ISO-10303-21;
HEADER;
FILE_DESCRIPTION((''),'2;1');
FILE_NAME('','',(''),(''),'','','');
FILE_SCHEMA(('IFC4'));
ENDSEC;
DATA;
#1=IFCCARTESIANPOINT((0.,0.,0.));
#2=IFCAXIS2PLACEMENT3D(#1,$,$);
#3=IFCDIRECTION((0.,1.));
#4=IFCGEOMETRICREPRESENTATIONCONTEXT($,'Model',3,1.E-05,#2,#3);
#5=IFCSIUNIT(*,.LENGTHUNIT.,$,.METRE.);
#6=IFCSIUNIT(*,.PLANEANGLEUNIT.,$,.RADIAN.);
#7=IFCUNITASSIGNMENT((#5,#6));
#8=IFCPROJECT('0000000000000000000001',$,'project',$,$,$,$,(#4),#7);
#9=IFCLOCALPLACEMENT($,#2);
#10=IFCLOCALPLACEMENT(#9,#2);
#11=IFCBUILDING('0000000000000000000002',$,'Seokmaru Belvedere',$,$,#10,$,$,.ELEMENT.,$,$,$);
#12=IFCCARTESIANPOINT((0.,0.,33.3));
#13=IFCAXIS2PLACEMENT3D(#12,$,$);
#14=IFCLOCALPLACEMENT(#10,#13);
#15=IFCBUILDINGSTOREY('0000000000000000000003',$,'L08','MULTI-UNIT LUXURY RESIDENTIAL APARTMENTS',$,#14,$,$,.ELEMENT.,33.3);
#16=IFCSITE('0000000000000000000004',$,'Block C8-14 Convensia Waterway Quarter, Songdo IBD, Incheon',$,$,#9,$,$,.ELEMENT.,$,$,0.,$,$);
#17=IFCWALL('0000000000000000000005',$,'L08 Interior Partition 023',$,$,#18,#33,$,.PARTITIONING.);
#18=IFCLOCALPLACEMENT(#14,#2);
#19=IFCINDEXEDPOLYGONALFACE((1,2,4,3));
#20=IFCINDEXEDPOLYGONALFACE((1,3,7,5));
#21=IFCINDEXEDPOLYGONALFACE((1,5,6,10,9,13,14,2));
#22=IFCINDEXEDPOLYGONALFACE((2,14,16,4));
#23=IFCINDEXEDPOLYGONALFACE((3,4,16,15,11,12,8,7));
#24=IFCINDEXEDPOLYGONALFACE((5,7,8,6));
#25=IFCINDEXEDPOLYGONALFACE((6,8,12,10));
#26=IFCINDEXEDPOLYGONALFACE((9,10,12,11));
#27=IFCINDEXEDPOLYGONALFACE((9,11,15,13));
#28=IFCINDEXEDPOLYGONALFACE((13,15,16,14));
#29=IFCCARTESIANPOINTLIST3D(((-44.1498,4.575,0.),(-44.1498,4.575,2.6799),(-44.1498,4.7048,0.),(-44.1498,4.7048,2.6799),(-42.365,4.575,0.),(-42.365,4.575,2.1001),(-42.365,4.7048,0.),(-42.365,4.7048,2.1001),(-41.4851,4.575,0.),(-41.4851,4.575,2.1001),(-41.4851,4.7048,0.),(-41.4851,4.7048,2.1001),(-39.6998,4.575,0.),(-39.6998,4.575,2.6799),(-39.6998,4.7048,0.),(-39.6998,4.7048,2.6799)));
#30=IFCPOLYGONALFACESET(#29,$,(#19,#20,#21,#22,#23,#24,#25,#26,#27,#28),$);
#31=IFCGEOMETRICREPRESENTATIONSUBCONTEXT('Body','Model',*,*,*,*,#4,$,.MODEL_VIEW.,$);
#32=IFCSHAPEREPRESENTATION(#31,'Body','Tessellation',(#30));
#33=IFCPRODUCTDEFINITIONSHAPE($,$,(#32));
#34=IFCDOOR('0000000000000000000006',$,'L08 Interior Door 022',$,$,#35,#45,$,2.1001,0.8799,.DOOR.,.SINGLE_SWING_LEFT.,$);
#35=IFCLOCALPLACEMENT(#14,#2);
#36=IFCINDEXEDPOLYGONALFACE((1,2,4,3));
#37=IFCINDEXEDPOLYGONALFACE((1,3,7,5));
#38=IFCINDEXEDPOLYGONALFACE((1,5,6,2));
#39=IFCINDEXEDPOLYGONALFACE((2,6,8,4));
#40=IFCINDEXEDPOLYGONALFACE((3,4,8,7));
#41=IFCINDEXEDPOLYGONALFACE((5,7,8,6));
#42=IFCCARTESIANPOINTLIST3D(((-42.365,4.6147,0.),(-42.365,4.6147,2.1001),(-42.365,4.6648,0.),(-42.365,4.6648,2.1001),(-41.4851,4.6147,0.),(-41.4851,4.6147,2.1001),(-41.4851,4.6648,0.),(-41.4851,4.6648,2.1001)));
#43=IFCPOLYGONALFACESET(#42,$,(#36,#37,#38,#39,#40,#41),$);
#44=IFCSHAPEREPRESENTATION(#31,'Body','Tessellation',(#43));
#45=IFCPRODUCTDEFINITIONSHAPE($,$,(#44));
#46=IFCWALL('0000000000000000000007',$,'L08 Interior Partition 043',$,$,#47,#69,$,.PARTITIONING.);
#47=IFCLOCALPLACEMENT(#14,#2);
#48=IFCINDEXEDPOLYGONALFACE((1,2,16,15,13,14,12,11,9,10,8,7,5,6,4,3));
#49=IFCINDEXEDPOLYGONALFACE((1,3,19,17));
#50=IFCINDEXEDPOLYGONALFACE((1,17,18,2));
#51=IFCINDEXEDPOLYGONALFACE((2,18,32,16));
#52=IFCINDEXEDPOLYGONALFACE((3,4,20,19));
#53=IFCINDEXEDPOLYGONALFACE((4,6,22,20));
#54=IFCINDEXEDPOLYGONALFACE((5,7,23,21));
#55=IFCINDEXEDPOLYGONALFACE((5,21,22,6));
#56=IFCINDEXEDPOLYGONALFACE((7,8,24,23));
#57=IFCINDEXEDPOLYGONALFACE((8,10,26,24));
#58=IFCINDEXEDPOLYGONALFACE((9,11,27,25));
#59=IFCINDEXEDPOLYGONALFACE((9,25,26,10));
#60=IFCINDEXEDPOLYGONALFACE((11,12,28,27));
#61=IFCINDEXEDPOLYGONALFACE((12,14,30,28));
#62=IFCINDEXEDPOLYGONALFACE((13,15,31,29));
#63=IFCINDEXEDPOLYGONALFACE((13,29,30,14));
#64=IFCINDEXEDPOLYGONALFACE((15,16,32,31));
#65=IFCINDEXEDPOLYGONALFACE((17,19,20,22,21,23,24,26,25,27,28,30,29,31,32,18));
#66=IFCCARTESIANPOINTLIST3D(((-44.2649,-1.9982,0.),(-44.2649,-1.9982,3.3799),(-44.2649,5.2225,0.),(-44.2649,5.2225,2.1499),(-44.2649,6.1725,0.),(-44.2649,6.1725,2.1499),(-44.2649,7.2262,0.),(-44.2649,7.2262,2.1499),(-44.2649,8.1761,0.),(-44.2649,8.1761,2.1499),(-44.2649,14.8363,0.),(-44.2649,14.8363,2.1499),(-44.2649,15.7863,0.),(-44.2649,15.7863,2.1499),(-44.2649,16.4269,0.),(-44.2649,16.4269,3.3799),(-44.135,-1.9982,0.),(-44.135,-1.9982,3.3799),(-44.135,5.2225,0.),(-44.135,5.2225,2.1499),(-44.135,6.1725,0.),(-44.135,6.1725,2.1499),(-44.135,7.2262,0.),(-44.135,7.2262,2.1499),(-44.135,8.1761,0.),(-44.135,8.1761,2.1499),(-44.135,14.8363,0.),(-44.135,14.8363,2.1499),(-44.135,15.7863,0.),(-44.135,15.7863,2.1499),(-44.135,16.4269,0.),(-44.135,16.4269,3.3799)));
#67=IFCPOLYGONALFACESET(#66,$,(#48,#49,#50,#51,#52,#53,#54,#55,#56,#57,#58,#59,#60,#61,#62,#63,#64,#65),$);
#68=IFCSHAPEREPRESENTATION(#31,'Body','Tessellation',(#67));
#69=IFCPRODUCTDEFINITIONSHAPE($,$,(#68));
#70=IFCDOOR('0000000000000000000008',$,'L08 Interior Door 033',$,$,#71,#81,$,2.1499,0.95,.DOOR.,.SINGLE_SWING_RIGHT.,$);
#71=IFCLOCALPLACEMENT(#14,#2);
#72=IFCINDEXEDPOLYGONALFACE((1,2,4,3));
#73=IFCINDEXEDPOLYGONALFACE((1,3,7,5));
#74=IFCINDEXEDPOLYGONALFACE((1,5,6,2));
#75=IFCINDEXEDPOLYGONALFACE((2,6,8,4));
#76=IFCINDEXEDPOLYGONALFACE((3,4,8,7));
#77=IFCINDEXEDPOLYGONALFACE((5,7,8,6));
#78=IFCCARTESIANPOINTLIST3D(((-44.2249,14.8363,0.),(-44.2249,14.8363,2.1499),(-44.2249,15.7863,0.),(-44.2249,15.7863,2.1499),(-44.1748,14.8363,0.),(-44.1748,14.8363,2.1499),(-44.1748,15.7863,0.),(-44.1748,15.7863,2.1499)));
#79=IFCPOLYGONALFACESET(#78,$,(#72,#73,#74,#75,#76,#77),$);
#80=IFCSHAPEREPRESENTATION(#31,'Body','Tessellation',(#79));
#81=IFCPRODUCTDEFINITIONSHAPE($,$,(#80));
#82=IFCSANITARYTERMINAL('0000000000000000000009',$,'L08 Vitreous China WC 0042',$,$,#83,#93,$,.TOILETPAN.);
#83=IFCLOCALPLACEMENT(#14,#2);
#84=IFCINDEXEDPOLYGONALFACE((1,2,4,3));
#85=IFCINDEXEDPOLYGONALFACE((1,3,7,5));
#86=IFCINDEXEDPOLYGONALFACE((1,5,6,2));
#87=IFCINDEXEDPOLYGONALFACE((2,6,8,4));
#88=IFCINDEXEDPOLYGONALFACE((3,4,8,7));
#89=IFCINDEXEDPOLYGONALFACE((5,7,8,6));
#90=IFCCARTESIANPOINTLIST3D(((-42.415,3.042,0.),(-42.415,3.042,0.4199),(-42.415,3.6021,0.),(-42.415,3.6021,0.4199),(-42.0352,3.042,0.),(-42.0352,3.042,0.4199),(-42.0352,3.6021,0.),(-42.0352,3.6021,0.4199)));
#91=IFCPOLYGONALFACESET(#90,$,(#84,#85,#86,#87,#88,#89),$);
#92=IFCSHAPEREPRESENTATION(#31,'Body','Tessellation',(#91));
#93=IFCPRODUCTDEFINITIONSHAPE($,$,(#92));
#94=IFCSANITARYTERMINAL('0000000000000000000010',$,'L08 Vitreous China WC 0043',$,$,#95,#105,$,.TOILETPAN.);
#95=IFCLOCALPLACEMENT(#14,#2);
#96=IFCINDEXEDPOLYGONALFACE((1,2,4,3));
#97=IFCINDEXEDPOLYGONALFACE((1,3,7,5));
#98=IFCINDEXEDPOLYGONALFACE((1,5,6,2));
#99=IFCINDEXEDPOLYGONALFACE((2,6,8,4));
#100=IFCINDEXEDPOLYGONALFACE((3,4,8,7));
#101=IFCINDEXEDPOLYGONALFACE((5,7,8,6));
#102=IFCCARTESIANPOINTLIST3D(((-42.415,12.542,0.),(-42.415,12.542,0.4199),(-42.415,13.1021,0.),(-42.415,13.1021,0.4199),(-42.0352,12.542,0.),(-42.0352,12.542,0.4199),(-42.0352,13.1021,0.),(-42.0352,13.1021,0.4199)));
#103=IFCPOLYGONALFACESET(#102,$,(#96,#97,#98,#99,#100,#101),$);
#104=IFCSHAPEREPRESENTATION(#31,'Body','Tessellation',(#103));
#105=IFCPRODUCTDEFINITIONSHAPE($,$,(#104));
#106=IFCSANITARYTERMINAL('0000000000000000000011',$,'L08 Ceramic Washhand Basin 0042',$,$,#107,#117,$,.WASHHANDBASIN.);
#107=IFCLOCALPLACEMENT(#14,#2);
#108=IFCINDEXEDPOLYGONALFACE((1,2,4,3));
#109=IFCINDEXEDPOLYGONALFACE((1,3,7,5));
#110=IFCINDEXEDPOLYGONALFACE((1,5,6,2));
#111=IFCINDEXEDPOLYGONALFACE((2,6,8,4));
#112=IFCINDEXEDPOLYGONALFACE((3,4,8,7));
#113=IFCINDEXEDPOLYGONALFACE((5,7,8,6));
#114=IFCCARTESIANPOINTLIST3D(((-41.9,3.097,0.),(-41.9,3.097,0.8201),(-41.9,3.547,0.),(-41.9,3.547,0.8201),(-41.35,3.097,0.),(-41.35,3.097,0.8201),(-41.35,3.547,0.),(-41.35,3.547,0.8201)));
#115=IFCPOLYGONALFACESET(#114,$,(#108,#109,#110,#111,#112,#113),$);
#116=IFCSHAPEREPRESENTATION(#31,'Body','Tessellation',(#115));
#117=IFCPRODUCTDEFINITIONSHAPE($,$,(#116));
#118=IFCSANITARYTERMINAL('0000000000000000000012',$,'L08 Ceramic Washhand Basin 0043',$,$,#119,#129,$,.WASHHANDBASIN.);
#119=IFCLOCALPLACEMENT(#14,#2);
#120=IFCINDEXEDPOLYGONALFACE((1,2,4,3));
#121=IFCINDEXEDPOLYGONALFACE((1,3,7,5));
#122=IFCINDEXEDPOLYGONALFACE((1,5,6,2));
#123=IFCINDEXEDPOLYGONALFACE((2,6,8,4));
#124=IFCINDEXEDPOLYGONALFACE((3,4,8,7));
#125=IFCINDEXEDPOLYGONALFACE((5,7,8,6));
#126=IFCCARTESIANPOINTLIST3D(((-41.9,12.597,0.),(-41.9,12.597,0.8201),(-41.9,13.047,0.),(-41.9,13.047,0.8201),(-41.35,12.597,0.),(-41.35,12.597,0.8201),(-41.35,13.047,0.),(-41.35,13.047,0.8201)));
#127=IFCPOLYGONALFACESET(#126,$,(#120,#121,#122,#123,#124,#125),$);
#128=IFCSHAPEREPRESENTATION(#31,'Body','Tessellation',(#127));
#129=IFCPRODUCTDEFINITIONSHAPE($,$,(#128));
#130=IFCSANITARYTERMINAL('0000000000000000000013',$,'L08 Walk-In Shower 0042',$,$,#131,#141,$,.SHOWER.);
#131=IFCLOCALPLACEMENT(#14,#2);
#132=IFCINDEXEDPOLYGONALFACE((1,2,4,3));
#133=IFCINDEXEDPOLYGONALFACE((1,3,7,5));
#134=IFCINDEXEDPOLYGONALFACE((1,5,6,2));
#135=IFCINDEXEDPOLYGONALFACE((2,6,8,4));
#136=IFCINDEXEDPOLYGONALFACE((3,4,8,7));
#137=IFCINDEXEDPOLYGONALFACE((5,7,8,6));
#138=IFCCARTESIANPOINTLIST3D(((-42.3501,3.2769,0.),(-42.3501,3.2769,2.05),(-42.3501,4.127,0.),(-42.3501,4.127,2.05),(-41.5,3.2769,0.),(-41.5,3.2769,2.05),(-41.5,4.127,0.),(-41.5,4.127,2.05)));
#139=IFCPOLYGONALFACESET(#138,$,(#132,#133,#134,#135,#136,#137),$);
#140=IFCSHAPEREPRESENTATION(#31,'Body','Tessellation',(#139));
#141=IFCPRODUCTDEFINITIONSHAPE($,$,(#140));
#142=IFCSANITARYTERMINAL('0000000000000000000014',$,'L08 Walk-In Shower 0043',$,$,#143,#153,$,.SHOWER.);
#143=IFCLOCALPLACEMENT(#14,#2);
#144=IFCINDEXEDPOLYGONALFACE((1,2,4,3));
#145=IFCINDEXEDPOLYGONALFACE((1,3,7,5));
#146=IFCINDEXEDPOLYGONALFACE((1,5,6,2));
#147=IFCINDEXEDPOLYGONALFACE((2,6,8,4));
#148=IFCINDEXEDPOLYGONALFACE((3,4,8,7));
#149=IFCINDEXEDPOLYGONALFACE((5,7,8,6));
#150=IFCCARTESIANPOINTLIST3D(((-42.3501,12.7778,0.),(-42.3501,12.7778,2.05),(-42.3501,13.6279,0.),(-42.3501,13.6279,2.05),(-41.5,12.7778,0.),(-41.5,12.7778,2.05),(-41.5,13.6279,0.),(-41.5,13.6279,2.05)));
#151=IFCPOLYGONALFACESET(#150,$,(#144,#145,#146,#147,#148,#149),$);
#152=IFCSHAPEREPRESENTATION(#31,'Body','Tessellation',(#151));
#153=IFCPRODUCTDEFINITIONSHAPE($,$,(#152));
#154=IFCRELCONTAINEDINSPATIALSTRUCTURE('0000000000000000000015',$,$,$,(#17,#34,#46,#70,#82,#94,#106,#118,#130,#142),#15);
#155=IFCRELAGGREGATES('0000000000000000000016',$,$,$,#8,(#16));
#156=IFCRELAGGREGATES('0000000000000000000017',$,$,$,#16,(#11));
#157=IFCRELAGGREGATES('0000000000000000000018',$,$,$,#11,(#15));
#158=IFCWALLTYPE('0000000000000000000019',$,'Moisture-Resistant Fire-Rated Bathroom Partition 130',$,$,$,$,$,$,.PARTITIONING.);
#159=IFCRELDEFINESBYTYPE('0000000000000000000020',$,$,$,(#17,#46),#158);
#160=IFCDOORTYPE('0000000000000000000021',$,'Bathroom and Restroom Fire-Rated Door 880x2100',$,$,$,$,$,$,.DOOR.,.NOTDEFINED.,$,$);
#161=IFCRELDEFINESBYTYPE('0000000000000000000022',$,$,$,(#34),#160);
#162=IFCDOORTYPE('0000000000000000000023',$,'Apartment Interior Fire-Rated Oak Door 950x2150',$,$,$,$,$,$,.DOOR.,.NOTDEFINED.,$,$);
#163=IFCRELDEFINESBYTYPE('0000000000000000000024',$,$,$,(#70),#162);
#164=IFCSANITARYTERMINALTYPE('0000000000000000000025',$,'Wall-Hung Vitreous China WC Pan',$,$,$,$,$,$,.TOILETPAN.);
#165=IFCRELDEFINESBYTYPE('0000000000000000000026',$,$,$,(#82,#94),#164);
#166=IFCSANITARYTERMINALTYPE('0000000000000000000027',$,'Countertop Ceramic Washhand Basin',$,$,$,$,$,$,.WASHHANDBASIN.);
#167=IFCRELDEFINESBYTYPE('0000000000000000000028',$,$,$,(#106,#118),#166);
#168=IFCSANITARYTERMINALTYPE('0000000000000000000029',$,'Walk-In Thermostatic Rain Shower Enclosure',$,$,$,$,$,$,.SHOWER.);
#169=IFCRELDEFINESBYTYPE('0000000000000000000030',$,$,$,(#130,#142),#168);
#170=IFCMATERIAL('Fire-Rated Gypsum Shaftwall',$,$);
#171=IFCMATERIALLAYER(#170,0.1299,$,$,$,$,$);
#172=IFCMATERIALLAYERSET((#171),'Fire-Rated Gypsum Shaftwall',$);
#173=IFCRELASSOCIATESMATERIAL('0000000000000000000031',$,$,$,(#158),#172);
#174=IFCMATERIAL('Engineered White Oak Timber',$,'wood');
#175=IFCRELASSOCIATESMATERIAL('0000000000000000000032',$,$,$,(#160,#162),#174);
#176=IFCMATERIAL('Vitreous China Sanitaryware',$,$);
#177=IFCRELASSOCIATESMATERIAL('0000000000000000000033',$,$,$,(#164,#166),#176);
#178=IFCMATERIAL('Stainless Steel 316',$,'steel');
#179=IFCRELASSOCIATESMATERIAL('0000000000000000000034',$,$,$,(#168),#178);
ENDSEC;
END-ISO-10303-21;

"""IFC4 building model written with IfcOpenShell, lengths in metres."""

from ifc_helpers import new_model, si_unit, direction, frame, frame_2d, origin, origin_2d, place, context, subcontext, project, spatial, rectangle, extrude, source, transform, mapped, material, layer, layer_set, type_object, type_shapes, element, fill, save


model = new_model("IFC4")

# Units and contexts
model_context = context("Model", 3, precision=1e-05, world=origin(), true_north=direction((0.0, 1.0)))
body_context = subcontext(model_context, "Body", "Model", "MODEL_VIEW")
ifc_project = project(units=[si_unit("LENGTHUNIT", "METRE"), si_unit("PLANEANGLEUNIT", "RADIAN")], contexts=[model_context])

# Site, building, storey
site_placement = place(None, origin())
site = spatial("IfcSite", under=ifc_project, at=site_placement, Name="Block C8-14 Convensia Waterway Quarter, Songdo IBD, Incheon", CompositionType="ELEMENT", RefElevation=0.0)
building_placement = place(site_placement, origin())
building = spatial("IfcBuilding", under=site, at=building_placement, Name="Seokmaru Belvedere", CompositionType="ELEMENT")
storey_placement = place(building_placement, frame((0.0, 0.0, 33.3)))
storey = spatial("IfcBuildingStorey", under=building, at=storey_placement, Name="L08", Description="MULTI-UNIT LUXURY RESIDENTIAL APARTMENTS", CompositionType="ELEMENT", Elevation=33.3)

# Shared definitions
ifc_material_1 = material(Name="Fire-Rated Gypsum Shaftwall")

# Wall, opening, door
ifc_layer_1 = layer(ifc_material_1, 0.1299)
ifc_layer_set_1 = layer_set([ifc_layer_1], Name="Fire-Rated Gypsum Shaftwall")
wall_type_1 = type_object("IfcWallType", Name="Moisture-Resistant Fire-Rated Bathroom Partition 130", PredefinedType="PARTITIONING", material=ifc_layer_set_1)
wall_1_placement = place(storey_placement, frame((-44.1499, 4.6399, 0.0), z_axis=(0.0, 0.0, 1.0), x_axis=(1.0, 0.0, 0.0)))
wall_1 = element("IfcWall", 1, at=wall_1_placement, inside=storey, type_object=wall_type_1, Name="L08 Interior Partition 023", PredefinedType="PARTITIONING", context=body_context, shape_type="SweptSolid", body=[
    extrude(rectangle(XDim=4.45, YDim=0.1299, at=frame_2d((2.2251, 0.0))), origin(), (0.0, 0.0, 1.0), 2.6799),
])
opening_1_placement = place(wall_1_placement, frame((1.7849, 0.0, 0.0)))
opening_1 = element("IfcOpeningElement", 2, at=opening_1_placement, cuts=wall_1, PredefinedType="OPENING", context=body_context, shape_type="SweptSolid", body=[
    extrude(rectangle(XDim=0.8799, YDim=2.1001, at=frame_2d((0.4399, 1.05))), frame((0.0, 0.075, 0.0), z_axis=(0.0, -1.0, 0.0), x_axis=(1.0, 0.0, 0.0)), (0.0, 0.0, 1.0), 0.1499),
])
ifc_material_2 = material(Name="Engineered White Oak Timber", Category="wood")
door_type_1 = type_object("IfcDoorType", Name="Bathroom and Restroom Fire-Rated Door 880x2100", OperationType="NOTDEFINED", PredefinedType="DOOR", material=ifc_material_2)
shared_shape_1 = source(origin(), body_context, "Body", "SweptSolid", [
    extrude(rectangle(XDim=0.8799, YDim=2.1001, at=frame_2d((0.4399, 1.05))), frame((0.0, 0.0249, 0.0), z_axis=(0.0, -1.0, 0.0), x_axis=(1.0, 0.0, 0.0)), (0.0, 0.0, 1.0), 0.05),
])
type_shapes(door_type_1, [shared_shape_1])
door_1_placement = place(opening_1_placement, origin())
door_1 = element("IfcDoor", 3, at=door_1_placement, inside=storey, type_object=door_type_1, Name="L08 Interior Door 022", OperationType="SINGLE_SWING_LEFT", OverallHeight=2.1001, OverallWidth=0.8799, PredefinedType="DOOR", context=body_context, shape_type="MappedRepresentation", body=[
    mapped(shared_shape_1, transform((0.0, 0.0, 0.0), scale=1.0)),
])
fill(opening_1, door_1)

# Wall, openings, door
wall_2_placement = place(storey_placement, frame((-44.2, -1.998, 0.0), z_axis=(0.0, 0.0, 1.0), x_axis=(0.0, 1.0, 0.0)))
wall_2 = element("IfcWall", 4, at=wall_2_placement, inside=storey, type_object=wall_type_1, Name="L08 Interior Partition 043", PredefinedType="PARTITIONING", context=body_context, shape_type="SweptSolid", body=[
    extrude(rectangle(XDim=18.425, YDim=0.1299, at=frame_2d((9.2124, 0.0))), origin(), (0.0, 0.0, 1.0), 3.3799),
])
opening_2_placement = place(wall_2_placement, frame((7.2205, 0.0, 0.0)))
element("IfcOpeningElement", 5, at=opening_2_placement, cuts=wall_2, PredefinedType="OPENING", context=body_context, shape_type="SweptSolid", body=[
    extrude(rectangle(XDim=0.95, YDim=2.1499, at=frame_2d((0.4751, 1.075))), frame((0.0, 0.075, 0.0), z_axis=(0.0, -1.0, 0.0), x_axis=(1.0, 0.0, 0.0)), (0.0, 0.0, 1.0), 0.1499),
])
opening_3_placement = place(wall_2_placement, frame((9.2241, 0.0, 0.0)))
element("IfcOpeningElement", 6, at=opening_3_placement, cuts=wall_2, PredefinedType="OPENING", context=body_context, shape_type="SweptSolid", body=[
    extrude(rectangle(XDim=0.95, YDim=2.1499, at=frame_2d((0.4751, 1.075))), frame((0.0, 0.075, 0.0), z_axis=(0.0, -1.0, 0.0), x_axis=(1.0, 0.0, 0.0)), (0.0, 0.0, 1.0), 0.1499),
])
opening_4_placement = place(wall_2_placement, frame((16.8342, 0.0, 0.0)))
opening_4 = element("IfcOpeningElement", 7, at=opening_4_placement, cuts=wall_2, PredefinedType="OPENING", context=body_context, shape_type="SweptSolid", body=[
    extrude(rectangle(XDim=0.95, YDim=2.1499, at=frame_2d((0.4751, 1.075))), frame((0.0, 0.075, 0.0), z_axis=(0.0, -1.0, 0.0), x_axis=(1.0, 0.0, 0.0)), (0.0, 0.0, 1.0), 0.1499),
])
door_type_2 = type_object("IfcDoorType", Name="Apartment Interior Fire-Rated Oak Door 950x2150", OperationType="NOTDEFINED", PredefinedType="DOOR", material=ifc_material_2)
shared_shape_2 = source(origin(), body_context, "Body", "SweptSolid", [
    extrude(rectangle(XDim=0.95, YDim=2.1499, at=frame_2d((0.4751, 1.075))), frame((0.0, 0.0249, 0.0), z_axis=(0.0, -1.0, 0.0), x_axis=(1.0, 0.0, 0.0)), (0.0, 0.0, 1.0), 0.05),
])
type_shapes(door_type_2, [shared_shape_2])
door_2_placement = place(opening_4_placement, origin())
door_2 = element("IfcDoor", 8, at=door_2_placement, inside=storey, type_object=door_type_2, Name="L08 Interior Door 033", OperationType="SINGLE_SWING_RIGHT", OverallHeight=2.1499, OverallWidth=0.95, PredefinedType="DOOR", context=body_context, shape_type="MappedRepresentation", body=[
    mapped(shared_shape_2, transform((0.0, 0.0, 0.0), scale=1.0)),
])
fill(opening_4, door_2)

# Sanitary terminals
ifc_material_3 = material(Name="Vitreous China Sanitaryware")
sanitary_terminal_type_1 = type_object("IfcSanitaryTerminalType", Name="Wall-Hung Vitreous China WC Pan", PredefinedType="TOILETPAN", material=ifc_material_3)
shared_shape_3 = source(origin(), body_context, "Body", "SweptSolid", [
    extrude(rectangle(XDim=0.3799, YDim=0.5601, at=origin_2d()), origin(), (0.0, 0.0, 1.0), 0.4199),
])
type_shapes(sanitary_terminal_type_1, [shared_shape_3])
for number, where, z_axis, x_axis, name in (
    (9, (-42.2251, 3.322, 0.0), (0.0, 0.0, 1.0), (1.0, 0.0, 0.0), "L08 Vitreous China WC 0042"),
    (10, (-42.2251, 12.822, 0.0), (0.0, 0.0, 1.0), (1.0, 0.0, 0.0), "L08 Vitreous China WC 0043"),
):
    element("IfcSanitaryTerminal", number, at=place(storey_placement, frame(where, z_axis=z_axis, x_axis=x_axis)), inside=storey, type_object=sanitary_terminal_type_1, Name=name, PredefinedType="TOILETPAN", context=body_context, shape_type="MappedRepresentation", body=[
        mapped(shared_shape_3, transform((0.0, 0.0, 0.0), scale=1.0)),
    ])
sanitary_terminal_type_2 = type_object("IfcSanitaryTerminalType", Name="Countertop Ceramic Washhand Basin", PredefinedType="WASHHANDBASIN", material=ifc_material_3)
shared_shape_4 = source(origin(), body_context, "Body", "SweptSolid", [
    extrude(rectangle(XDim=0.55, YDim=0.45, at=origin_2d()), origin(), (0.0, 0.0, 1.0), 0.8201),
])
type_shapes(sanitary_terminal_type_2, [shared_shape_4])
for number, where, z_axis, x_axis, name in (
    (11, (-41.625, 3.322, 0.0), (0.0, 0.0, 1.0), (1.0, 0.0, 0.0), "L08 Ceramic Washhand Basin 0042"),
    (12, (-41.625, 12.822, 0.0), (0.0, 0.0, 1.0), (1.0, 0.0, 0.0), "L08 Ceramic Washhand Basin 0043"),
):
    element("IfcSanitaryTerminal", number, at=place(storey_placement, frame(where, z_axis=z_axis, x_axis=x_axis)), inside=storey, type_object=sanitary_terminal_type_2, Name=name, PredefinedType="WASHHANDBASIN", context=body_context, shape_type="MappedRepresentation", body=[
        mapped(shared_shape_4, transform((0.0, 0.0, 0.0), scale=1.0)),
    ])
ifc_material_4 = material(Name="Stainless Steel 316", Category="steel")
sanitary_terminal_type_3 = type_object("IfcSanitaryTerminalType", Name="Walk-In Thermostatic Rain Shower Enclosure", PredefinedType="SHOWER", material=ifc_material_4)
shared_shape_5 = source(origin(), body_context, "Body", "SweptSolid", [
    extrude(rectangle(XDim=0.8501, YDim=0.8501, at=origin_2d()), origin(), (0.0, 0.0, 1.0), 2.05),
])
type_shapes(sanitary_terminal_type_3, [shared_shape_5])
for number, where, z_axis, x_axis, name in (
    (13, (-41.925, 3.7019, 0.0), (0.0, 0.0, 1.0), (1.0, 0.0, 0.0), "L08 Walk-In Shower 0042"),
    (14, (-41.925, 13.2029, 0.0), (0.0, 0.0, 1.0), (1.0, 0.0, 0.0), "L08 Walk-In Shower 0043"),
):
    element("IfcSanitaryTerminal", number, at=place(storey_placement, frame(where, z_axis=z_axis, x_axis=x_axis)), inside=storey, type_object=sanitary_terminal_type_3, Name=name, PredefinedType="SHOWER", context=body_context, shape_type="MappedRepresentation", body=[
        mapped(shared_shape_5, transform((0.0, 0.0, 0.0), scale=1.0)),
    ])

save(model, "model.ifc")
